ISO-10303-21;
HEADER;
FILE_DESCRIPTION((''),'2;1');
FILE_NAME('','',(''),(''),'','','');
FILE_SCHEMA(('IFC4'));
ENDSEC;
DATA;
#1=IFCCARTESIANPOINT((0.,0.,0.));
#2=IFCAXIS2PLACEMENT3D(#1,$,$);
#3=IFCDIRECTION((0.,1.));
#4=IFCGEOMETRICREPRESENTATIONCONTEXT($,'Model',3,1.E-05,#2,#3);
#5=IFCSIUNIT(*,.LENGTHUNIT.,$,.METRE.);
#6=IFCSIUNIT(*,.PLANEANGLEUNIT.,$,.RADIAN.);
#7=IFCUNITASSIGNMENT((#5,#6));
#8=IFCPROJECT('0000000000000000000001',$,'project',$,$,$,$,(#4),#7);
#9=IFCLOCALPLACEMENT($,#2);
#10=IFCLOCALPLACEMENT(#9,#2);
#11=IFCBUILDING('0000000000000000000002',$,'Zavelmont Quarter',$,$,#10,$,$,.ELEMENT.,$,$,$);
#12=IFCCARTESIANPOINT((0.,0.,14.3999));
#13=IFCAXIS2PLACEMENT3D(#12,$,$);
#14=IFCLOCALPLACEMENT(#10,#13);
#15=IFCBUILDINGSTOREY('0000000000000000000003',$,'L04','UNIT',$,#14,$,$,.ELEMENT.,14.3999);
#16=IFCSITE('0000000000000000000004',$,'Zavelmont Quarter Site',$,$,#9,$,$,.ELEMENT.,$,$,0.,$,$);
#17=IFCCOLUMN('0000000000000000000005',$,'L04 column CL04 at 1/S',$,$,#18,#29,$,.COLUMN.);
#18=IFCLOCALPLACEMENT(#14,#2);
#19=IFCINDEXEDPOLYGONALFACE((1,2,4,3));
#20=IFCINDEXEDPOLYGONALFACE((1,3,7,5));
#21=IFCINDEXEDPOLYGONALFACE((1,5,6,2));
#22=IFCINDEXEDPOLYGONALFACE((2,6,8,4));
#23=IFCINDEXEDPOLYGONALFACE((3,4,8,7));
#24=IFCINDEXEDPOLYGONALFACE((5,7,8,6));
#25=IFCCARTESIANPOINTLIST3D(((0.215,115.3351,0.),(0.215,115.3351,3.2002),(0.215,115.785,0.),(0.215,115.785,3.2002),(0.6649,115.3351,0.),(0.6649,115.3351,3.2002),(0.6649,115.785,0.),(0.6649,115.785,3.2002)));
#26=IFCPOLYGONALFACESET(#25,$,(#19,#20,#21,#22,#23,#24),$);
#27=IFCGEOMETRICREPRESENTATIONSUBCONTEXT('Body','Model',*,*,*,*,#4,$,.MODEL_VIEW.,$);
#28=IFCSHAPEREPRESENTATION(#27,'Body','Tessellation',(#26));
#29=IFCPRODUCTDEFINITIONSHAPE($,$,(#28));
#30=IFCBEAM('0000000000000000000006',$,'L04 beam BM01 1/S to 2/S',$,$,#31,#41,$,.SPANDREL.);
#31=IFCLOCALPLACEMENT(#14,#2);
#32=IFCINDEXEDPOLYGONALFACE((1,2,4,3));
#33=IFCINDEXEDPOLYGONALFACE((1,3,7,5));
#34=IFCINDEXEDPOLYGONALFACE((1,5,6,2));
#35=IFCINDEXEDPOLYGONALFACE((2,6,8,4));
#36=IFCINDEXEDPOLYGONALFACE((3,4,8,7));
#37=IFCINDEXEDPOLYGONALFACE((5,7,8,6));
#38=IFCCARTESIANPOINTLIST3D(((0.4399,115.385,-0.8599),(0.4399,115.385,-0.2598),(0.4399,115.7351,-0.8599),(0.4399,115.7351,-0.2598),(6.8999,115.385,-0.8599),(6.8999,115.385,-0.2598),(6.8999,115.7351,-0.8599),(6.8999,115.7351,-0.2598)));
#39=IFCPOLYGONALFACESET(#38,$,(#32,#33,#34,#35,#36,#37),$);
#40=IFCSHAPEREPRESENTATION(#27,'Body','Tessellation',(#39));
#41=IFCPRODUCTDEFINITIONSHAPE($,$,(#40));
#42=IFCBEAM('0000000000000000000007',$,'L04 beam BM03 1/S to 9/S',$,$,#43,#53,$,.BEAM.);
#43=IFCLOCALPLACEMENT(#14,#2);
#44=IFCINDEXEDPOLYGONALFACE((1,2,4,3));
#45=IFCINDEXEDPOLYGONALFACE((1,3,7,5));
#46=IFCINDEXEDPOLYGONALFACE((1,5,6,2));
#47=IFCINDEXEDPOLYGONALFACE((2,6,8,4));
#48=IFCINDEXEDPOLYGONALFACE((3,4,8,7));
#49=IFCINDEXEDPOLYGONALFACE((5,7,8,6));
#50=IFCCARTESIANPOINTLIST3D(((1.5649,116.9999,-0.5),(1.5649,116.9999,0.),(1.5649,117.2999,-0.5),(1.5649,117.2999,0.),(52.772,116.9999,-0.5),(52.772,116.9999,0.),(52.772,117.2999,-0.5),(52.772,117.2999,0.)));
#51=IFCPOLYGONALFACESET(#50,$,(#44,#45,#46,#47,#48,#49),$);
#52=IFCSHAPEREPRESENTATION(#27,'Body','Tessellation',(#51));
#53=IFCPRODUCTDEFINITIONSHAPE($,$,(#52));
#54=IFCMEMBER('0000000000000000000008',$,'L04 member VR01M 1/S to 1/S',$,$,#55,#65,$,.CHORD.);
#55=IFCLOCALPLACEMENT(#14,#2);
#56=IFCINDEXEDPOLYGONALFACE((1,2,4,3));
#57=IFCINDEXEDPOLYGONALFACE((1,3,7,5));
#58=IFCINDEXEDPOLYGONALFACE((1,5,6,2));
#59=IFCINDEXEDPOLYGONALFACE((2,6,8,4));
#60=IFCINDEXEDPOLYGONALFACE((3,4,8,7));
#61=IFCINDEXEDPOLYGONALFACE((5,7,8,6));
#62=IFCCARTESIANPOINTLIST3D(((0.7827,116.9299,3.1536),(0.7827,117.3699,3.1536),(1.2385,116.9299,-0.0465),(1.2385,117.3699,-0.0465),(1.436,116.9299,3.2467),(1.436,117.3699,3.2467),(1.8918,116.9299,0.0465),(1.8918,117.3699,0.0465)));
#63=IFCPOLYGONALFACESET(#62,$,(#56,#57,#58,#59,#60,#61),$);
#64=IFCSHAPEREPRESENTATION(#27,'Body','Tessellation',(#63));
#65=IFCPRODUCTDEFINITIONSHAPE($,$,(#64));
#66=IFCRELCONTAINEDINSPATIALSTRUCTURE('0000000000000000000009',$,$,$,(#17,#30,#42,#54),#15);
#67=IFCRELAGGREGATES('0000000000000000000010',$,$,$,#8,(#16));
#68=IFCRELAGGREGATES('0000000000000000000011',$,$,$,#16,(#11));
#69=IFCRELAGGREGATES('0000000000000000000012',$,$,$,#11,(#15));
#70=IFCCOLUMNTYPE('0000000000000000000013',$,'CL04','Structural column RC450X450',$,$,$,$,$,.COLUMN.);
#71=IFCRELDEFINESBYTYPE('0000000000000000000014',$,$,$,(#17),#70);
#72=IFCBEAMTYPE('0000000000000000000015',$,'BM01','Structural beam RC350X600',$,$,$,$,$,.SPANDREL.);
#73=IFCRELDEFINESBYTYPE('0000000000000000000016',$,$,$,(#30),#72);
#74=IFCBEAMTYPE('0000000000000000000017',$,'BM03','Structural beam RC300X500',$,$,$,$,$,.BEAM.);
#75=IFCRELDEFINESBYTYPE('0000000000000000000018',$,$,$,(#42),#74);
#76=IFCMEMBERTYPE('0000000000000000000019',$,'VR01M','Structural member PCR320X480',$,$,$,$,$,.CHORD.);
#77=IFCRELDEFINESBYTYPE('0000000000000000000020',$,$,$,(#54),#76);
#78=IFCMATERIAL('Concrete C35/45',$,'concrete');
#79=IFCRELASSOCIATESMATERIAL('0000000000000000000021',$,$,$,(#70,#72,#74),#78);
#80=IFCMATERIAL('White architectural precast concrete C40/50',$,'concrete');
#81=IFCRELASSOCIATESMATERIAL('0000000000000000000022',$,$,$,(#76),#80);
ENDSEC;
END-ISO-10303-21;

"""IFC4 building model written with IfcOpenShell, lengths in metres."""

from ifc_helpers import new_model, si_unit, direction, frame, origin, origin_2d, place, context, subcontext, project, spatial, rectangle, extrude, material, material_profile, profile_set, type_object, element, save


model = new_model("IFC4")

# Units and contexts
model_context = context("Model", 3, precision=1e-05, world=origin(), true_north=direction((0.0, 1.0)))
body_context = subcontext(model_context, "Body", "Model", "MODEL_VIEW")
ifc_project = project(units=[si_unit("LENGTHUNIT", "METRE"), si_unit("PLANEANGLEUNIT", "RADIAN")], contexts=[model_context])

# Site, building, storey
site_placement = place(None, origin())
site = spatial("IfcSite", under=ifc_project, at=site_placement, Name="Zavelmont Quarter Site", CompositionType="ELEMENT", RefElevation=0.0)
building_placement = place(site_placement, origin())
building = spatial("IfcBuilding", under=site, at=building_placement, Name="Zavelmont Quarter", CompositionType="ELEMENT")
storey_placement = place(building_placement, frame((0.0, 0.0, 14.3999)))
storey = spatial("IfcBuildingStorey", under=building, at=storey_placement, Name="L04", Description="UNIT", CompositionType="ELEMENT", Elevation=14.3999)

# Column
ifc_material_1 = material(Name="Concrete C35/45", Category="concrete")
ifc_material_profile_1 = material_profile(ifc_material_1, rectangle(XDim=0.45, YDim=0.45, at=origin_2d()), Name="RC450X450")
ifc_profile_set_1 = profile_set([ifc_material_profile_1], Name="Concrete C35/45")
column_type = type_object("IfcColumnType", Name="CL04", Description="Structural column RC450X450", PredefinedType="COLUMN", material=ifc_profile_set_1)
column_placement = place(storey_placement, frame((0.4399, 115.5601, 0.0), z_axis=(0.0, 0.0, 1.0), x_axis=(1.0, 0.0, 0.0)))
element("IfcColumn", 1, at=column_placement, inside=storey, type_object=column_type, Name="L04 column CL04 at 1/S", PredefinedType="COLUMN", context=body_context, shape_type="SweptSolid", body=[
    extrude(rectangle(XDim=0.45, YDim=0.45, at=origin_2d()), origin(), (0.0, 0.0, 1.0), 3.2002),
])

# Beams
ifc_material_profile_2 = material_profile(ifc_material_1, rectangle(XDim=0.3501, YDim=0.6001, at=origin_2d()), Name="RC350X600")
ifc_profile_set_2 = profile_set([ifc_material_profile_2], Name="Concrete C35/45")
beam_type_1 = type_object("IfcBeamType", Name="BM01", Description="Structural beam RC350X600", PredefinedType="SPANDREL", material=ifc_profile_set_2)
beam_1_placement = place(storey_placement, frame((0.4399, 115.5601, -0.5598), z_axis=(1.0, 0.0, 0.0), x_axis=(0.0, 1.0, 0.0)))
element("IfcBeam", 2, at=beam_1_placement, inside=storey, type_object=beam_type_1, Name="L04 beam BM01 1/S to 2/S", PredefinedType="SPANDREL", context=body_context, shape_type="SweptSolid", body=[
    extrude(rectangle(XDim=0.3501, YDim=0.6001, at=origin_2d()), origin(), (0.0, 0.0, 1.0), 6.46),
])
ifc_material_profile_3 = material_profile(ifc_material_1, rectangle(XDim=0.3, YDim=0.5, at=origin_2d()), Name="RC300X500")
ifc_profile_set_3 = profile_set([ifc_material_profile_3], Name="Concrete C35/45")
beam_type_2 = type_object("IfcBeamType", Name="BM03", Description="Structural beam RC300X500", PredefinedType="BEAM", material=ifc_profile_set_3)
beam_2_placement = place(storey_placement, frame((1.5649, 117.1499, -0.25), z_axis=(1.0, 0.0, 0.0), x_axis=(0.0, 1.0, 0.0)))
element("IfcBeam", 3, at=beam_2_placement, inside=storey, type_object=beam_type_2, Name="L04 beam BM03 1/S to 9/S", PredefinedType="BEAM", context=body_context, shape_type="SweptSolid", body=[
    extrude(rectangle(XDim=0.3, YDim=0.5, at=origin_2d()), origin(), (0.0, 0.0, 1.0), 51.207),
])

# Member
ifc_material_2 = material(Name="White architectural precast concrete C40/50", Category="concrete")
ifc_material_profile_4 = material_profile(ifc_material_2, rectangle(XDim=0.4399, YDim=0.6599, at=origin_2d()), Name="PCR320X480")
ifc_profile_set_4 = profile_set([ifc_material_profile_4], Name="White architectural precast concrete C40/50")
member_type = type_object("IfcMemberType", Name="VR01M", Description="Structural member PCR320X480", PredefinedType="CHORD", material=ifc_profile_set_4)
member_placement = place(storey_placement, frame((1.5652, 117.1499, 0.0), z_axis=(-0.141009, 0.0, 0.990008), x_axis=(0.0, -1.0, 0.0)))
element("IfcMember", 4, at=member_placement, inside=storey, type_object=member_type, Name="L04 member VR01M 1/S to 1/S", PredefinedType="CHORD", context=body_context, shape_type="SweptSolid", body=[
    extrude(rectangle(XDim=0.4399, YDim=0.6599, at=origin_2d()), origin(), (0.0, 0.0, 1.0), 3.2324),
])

save(model, "model.ifc")
